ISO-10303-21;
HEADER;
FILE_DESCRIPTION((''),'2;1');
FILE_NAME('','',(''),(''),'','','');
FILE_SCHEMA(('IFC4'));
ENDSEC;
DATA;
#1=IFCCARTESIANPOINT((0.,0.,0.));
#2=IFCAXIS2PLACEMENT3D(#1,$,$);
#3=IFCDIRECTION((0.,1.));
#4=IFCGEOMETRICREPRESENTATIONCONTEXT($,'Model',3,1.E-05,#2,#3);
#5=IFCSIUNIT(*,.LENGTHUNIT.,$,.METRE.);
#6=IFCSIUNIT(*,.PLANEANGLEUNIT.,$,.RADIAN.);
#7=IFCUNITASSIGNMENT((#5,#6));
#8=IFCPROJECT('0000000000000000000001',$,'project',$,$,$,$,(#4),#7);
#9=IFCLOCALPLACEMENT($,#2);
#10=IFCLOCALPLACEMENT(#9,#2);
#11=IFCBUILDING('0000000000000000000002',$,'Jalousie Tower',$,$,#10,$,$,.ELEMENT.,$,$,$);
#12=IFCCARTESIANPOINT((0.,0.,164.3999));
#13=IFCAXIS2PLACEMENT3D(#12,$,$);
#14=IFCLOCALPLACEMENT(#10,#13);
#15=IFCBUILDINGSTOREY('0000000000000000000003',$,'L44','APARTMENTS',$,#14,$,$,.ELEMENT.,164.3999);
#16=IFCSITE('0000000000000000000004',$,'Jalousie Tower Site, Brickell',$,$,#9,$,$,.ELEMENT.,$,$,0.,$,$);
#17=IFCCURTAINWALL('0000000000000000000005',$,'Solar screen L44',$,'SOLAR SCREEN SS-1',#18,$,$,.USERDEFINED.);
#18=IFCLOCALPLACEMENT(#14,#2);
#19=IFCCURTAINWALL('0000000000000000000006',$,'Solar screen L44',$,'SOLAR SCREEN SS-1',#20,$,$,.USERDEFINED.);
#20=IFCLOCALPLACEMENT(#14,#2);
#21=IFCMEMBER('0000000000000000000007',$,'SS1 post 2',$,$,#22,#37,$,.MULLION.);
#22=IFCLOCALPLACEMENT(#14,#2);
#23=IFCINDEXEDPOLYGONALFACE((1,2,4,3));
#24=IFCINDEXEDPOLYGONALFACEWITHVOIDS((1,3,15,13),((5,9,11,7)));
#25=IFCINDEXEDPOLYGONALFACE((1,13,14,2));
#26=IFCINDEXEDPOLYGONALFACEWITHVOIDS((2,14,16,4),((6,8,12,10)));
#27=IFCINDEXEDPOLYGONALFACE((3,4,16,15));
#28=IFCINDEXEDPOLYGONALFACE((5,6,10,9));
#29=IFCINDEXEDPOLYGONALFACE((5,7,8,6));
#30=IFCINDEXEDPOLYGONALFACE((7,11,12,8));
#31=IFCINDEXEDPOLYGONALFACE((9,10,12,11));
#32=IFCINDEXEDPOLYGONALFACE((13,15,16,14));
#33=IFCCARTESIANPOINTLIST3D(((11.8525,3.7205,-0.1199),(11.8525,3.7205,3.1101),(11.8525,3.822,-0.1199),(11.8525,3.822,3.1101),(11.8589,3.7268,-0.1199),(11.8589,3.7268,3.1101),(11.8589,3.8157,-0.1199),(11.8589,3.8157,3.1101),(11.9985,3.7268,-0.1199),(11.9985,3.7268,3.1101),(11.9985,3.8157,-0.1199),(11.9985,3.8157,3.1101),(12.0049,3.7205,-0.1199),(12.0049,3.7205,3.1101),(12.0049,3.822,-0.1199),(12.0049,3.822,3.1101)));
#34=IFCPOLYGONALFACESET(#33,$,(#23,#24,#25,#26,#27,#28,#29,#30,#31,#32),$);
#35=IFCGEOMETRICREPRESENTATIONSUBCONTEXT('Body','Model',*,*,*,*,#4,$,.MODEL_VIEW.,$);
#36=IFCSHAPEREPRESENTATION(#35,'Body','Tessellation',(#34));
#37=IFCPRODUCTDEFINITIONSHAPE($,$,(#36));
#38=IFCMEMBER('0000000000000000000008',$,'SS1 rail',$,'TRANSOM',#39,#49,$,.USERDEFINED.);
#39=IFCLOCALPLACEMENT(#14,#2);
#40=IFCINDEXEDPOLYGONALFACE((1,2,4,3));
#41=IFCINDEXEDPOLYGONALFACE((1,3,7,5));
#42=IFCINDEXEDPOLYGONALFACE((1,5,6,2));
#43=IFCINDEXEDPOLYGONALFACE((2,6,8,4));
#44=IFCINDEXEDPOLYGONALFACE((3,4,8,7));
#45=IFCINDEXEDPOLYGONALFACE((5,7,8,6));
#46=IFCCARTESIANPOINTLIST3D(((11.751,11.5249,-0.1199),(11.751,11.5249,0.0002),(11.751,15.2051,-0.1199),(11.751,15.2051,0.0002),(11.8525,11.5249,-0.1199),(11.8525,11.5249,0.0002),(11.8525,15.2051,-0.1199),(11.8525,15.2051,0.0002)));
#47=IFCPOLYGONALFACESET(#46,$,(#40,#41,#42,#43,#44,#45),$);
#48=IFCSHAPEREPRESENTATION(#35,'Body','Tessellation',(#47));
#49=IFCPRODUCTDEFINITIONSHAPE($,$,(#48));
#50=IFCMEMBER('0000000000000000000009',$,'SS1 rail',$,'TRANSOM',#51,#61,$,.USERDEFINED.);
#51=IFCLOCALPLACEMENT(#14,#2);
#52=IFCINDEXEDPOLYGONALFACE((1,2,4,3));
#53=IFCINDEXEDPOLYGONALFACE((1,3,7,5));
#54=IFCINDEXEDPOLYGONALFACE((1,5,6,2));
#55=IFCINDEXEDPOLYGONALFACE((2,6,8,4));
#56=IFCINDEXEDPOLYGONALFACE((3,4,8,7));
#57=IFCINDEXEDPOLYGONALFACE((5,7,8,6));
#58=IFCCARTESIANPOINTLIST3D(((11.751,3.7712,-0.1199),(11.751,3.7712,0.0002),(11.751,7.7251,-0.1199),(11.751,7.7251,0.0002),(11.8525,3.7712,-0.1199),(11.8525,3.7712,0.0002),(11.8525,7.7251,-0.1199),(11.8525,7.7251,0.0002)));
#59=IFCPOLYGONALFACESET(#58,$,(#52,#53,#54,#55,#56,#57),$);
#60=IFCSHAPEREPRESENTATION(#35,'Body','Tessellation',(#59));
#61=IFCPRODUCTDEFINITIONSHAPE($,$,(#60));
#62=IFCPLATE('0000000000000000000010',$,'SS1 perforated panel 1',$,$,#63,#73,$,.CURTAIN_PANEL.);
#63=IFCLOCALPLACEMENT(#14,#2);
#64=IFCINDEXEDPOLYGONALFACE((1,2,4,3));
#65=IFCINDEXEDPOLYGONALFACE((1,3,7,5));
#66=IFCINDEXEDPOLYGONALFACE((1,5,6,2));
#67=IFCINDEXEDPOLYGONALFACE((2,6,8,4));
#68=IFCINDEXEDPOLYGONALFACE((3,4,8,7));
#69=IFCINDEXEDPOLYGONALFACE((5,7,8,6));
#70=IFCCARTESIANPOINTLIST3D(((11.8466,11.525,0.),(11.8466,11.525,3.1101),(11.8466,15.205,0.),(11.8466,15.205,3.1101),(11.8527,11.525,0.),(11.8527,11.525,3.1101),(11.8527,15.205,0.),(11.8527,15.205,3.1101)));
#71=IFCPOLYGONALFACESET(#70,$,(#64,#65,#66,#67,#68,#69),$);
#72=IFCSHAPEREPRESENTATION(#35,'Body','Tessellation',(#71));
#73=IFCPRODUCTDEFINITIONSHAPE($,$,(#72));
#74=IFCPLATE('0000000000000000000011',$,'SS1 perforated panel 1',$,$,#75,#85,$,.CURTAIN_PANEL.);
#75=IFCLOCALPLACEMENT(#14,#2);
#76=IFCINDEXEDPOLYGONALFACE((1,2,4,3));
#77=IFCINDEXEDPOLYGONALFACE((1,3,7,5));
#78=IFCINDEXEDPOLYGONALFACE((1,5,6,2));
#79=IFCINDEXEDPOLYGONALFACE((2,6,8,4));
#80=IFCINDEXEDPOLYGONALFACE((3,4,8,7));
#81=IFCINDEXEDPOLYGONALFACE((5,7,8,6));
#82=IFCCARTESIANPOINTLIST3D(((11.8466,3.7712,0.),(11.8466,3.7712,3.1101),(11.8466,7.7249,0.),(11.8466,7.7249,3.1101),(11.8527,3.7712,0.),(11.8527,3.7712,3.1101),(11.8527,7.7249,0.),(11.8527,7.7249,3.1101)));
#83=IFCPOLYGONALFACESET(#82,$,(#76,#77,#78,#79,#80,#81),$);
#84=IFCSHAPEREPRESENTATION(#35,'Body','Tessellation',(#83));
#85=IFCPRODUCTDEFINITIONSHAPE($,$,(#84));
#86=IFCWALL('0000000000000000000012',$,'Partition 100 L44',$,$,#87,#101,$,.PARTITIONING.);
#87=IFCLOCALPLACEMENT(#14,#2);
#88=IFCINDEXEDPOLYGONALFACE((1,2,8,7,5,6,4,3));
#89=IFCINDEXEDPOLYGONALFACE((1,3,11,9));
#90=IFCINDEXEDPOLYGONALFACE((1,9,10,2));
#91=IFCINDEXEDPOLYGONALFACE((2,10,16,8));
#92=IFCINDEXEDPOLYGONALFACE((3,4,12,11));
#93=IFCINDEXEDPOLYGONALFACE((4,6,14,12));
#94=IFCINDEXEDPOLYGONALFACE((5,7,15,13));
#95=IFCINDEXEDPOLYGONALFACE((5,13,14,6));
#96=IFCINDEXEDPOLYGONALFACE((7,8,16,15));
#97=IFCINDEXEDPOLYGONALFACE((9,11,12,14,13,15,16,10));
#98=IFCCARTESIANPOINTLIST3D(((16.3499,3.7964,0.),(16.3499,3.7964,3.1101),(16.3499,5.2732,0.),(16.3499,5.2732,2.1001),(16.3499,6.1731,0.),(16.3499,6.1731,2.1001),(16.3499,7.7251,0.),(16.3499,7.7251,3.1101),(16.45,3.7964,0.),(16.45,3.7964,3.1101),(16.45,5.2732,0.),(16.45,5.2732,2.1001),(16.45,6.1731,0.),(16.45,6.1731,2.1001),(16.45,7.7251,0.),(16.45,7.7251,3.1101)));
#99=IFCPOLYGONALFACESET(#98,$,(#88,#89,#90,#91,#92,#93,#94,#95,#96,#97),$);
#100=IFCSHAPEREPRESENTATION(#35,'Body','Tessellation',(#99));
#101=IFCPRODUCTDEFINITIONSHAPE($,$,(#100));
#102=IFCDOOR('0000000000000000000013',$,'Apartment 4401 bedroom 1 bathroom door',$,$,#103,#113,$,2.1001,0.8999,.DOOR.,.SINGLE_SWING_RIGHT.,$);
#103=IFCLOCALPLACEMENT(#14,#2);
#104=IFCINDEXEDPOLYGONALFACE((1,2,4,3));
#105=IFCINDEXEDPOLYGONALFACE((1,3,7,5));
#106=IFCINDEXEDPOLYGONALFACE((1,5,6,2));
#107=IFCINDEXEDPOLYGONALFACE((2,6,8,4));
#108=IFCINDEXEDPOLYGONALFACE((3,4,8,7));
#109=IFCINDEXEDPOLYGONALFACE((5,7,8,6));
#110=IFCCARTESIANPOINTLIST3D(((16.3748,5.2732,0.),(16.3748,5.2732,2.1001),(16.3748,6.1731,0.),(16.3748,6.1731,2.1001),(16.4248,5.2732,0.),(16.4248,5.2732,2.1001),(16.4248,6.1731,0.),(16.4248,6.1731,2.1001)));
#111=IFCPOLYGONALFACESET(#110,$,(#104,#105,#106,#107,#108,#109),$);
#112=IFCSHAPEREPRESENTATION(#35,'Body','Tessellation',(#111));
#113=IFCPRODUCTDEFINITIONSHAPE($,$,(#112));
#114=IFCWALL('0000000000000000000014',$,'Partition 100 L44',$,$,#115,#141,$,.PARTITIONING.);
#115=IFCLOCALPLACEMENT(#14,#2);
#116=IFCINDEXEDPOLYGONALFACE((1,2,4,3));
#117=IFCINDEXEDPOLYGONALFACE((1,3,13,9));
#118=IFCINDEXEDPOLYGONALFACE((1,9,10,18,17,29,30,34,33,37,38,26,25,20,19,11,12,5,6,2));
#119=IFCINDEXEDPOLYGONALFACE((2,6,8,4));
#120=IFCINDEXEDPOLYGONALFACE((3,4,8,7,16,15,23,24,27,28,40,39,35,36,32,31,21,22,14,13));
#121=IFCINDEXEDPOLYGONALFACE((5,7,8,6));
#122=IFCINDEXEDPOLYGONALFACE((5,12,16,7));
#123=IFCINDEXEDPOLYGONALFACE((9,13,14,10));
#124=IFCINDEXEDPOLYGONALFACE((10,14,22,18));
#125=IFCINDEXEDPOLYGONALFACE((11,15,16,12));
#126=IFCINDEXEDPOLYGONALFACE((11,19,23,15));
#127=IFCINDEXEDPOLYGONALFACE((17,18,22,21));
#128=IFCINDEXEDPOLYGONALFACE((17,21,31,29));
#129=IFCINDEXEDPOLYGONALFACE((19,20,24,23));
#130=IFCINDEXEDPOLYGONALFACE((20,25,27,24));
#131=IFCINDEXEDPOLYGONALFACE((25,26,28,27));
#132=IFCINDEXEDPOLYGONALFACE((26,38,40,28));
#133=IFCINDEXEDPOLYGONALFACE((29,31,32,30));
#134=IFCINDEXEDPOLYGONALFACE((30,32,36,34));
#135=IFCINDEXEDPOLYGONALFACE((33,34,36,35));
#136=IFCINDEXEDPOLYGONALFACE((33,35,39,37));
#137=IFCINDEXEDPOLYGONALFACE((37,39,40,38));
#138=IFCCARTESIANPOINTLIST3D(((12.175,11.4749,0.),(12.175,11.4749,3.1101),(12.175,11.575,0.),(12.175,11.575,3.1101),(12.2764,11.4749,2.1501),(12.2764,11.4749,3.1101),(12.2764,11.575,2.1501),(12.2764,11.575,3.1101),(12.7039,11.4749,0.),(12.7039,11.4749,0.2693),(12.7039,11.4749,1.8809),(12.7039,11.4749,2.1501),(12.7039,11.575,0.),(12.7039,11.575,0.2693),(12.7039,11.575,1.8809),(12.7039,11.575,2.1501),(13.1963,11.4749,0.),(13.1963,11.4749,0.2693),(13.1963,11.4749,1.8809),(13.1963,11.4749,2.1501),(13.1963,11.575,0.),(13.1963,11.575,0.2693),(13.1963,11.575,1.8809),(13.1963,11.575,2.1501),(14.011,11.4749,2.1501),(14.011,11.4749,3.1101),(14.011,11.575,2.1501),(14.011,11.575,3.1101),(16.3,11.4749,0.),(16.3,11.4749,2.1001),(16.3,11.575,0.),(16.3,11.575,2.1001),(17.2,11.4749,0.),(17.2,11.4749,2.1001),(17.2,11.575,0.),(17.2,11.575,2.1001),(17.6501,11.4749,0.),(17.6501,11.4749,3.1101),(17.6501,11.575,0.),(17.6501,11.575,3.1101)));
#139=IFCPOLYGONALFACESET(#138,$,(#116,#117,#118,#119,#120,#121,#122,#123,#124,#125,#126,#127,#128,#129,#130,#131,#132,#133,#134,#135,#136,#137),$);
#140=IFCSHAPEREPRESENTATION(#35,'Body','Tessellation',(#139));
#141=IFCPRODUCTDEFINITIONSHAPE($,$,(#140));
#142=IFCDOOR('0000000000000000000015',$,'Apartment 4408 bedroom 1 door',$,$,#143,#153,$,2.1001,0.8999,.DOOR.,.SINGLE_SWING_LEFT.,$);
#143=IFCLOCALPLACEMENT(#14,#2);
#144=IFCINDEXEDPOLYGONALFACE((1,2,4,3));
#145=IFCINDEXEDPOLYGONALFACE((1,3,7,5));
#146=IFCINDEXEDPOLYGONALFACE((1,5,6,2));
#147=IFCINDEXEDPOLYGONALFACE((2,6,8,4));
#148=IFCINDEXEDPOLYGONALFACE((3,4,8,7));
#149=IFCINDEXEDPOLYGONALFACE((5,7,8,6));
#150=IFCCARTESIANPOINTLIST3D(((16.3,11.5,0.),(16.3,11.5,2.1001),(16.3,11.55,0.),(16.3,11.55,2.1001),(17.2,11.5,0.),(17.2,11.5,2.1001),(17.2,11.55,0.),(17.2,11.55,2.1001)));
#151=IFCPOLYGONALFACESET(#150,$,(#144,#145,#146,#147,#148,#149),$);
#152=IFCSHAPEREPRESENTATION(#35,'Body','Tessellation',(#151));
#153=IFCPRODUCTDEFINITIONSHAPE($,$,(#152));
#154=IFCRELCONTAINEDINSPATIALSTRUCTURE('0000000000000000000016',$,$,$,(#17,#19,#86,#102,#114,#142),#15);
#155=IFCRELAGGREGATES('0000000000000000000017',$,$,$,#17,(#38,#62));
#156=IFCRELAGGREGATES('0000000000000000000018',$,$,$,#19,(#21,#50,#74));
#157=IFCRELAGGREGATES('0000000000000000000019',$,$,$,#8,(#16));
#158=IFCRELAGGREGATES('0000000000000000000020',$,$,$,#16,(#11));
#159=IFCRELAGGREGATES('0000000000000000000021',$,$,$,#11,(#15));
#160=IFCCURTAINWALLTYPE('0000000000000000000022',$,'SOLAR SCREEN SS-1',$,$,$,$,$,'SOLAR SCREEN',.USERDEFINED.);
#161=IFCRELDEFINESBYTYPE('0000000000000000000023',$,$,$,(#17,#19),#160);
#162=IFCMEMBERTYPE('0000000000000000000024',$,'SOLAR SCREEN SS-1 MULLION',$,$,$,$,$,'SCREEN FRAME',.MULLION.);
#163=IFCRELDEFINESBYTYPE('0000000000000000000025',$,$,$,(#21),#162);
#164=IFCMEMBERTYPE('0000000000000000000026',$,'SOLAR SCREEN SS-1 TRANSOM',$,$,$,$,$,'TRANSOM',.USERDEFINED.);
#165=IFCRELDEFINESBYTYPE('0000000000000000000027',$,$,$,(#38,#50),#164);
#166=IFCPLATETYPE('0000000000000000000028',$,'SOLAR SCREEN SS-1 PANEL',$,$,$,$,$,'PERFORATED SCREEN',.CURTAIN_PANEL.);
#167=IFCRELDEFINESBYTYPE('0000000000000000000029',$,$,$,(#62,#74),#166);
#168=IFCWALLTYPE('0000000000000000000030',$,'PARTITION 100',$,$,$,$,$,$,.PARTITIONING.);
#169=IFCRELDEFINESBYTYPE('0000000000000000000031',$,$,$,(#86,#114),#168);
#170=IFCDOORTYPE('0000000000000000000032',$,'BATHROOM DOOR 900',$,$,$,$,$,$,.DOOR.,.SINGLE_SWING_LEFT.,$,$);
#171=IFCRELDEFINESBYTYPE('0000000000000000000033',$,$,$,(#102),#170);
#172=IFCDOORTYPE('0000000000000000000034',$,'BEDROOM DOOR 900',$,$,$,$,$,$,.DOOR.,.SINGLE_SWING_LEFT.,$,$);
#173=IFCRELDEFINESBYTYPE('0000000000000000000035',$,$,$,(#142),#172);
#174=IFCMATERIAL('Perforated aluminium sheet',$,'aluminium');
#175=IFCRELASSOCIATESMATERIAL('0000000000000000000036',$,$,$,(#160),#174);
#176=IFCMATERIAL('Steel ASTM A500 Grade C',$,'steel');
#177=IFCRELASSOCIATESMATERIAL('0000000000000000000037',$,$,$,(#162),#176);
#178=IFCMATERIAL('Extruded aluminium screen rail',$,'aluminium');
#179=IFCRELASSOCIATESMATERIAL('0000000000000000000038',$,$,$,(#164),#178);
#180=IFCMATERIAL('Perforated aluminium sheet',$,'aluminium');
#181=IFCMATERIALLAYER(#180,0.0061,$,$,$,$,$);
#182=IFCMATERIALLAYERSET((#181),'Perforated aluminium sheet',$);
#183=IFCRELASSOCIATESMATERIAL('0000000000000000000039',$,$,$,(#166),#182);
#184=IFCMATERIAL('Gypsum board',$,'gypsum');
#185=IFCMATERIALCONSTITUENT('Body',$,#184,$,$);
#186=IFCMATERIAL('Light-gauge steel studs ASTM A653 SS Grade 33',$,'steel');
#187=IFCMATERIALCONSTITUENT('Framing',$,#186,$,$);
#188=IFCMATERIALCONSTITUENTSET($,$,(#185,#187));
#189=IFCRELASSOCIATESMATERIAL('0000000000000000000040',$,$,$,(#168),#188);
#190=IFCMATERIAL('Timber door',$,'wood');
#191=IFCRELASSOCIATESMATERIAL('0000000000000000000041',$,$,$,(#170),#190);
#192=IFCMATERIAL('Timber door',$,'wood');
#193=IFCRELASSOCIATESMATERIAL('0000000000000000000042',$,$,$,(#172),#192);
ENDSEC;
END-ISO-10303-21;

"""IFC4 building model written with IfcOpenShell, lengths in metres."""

from ifc_helpers import new_model, si_unit, direction, frame, frame_2d, origin, origin_2d, place, context, subcontext, project, spatial, polyline, rectangle, hollow_rectangle, outline, extrude, material, layer, layer_set, constituent, constituent_set, material_profile, profile_set, type_object, element, fill, aggregate, save


model = new_model("IFC4")

# Units and contexts
model_context = context("Model", 3, precision=1e-05, world=origin(), true_north=direction((0.0, 1.0)))
body_context = subcontext(model_context, "Body", "Model", "MODEL_VIEW")
ifc_project = project(units=[si_unit("LENGTHUNIT", "METRE"), si_unit("PLANEANGLEUNIT", "RADIAN")], contexts=[model_context])

# Site, building, storey
site_placement = place(None, origin())
site = spatial("IfcSite", under=ifc_project, at=site_placement, Name="Jalousie Tower Site, Brickell", CompositionType="ELEMENT", RefElevation=0.0)
building_placement = place(site_placement, origin())
building = spatial("IfcBuilding", under=site, at=building_placement, Name="Jalousie Tower", CompositionType="ELEMENT")
storey_placement = place(building_placement, frame((0.0, 0.0, 164.3999)))
storey = spatial("IfcBuildingStorey", under=building, at=storey_placement, Name="L44", Description="APARTMENTS", CompositionType="ELEMENT", Elevation=164.3999)

# Curtain walls, member
ifc_material_1 = material(Name="Perforated aluminium sheet", Category="aluminium")
curtain_wall_type = type_object("IfcCurtainWallType", Name="SOLAR SCREEN SS-1", ElementType="SOLAR SCREEN", PredefinedType="USERDEFINED", material=ifc_material_1)
curtain_wall_1_placement = place(storey_placement, origin())
curtain_wall_1 = element("IfcCurtainWall", 1, at=curtain_wall_1_placement, inside=storey, type_object=curtain_wall_type, Name="Solar screen L44", ObjectType="SOLAR SCREEN SS-1", PredefinedType="USERDEFINED")
ifc_material_2 = material(Name="Steel ASTM A500 Grade C", Category="steel")
ifc_material_profile_1 = material_profile(ifc_material_2, hollow_rectangle(XDim=0.1016, YDim=0.1523, WallThickness=0.0063, at=origin_2d()), Name="HSS6X4X1/4")
ifc_profile_set_1 = profile_set([ifc_material_profile_1], Name="Steel ASTM A500 Grade C")
member_type_1 = type_object("IfcMemberType", Name="SOLAR SCREEN SS-1 MULLION", ElementType="SCREEN FRAME", PredefinedType="MULLION", material=ifc_profile_set_1)
curtain_wall_2_placement = place(storey_placement, origin())
curtain_wall_2 = element("IfcCurtainWall", 2, at=curtain_wall_2_placement, inside=storey, type_object=curtain_wall_type, Name="Solar screen L44", ObjectType="SOLAR SCREEN SS-1", PredefinedType="USERDEFINED")
member_1_placement = place(storey_placement, frame((11.9287, 3.7712, -0.1199), z_axis=(0.0, 0.0, 1.0), x_axis=(0.0, -1.0, 0.0)))
member_1 = element("IfcMember", 3, at=member_1_placement, type_object=member_type_1, Name="SS1 post 2", PredefinedType="MULLION", context=body_context, shape_type="SweptSolid", body=[
    extrude(hollow_rectangle(XDim=0.1016, YDim=0.1523, WallThickness=0.0063, at=origin_2d()), origin(), (0.0, 0.0, 1.0), 3.23),
])

# Members
ifc_material_3 = material(Name="Extruded aluminium screen rail", Category="aluminium")
ifc_material_profile_2 = material_profile(ifc_material_3, rectangle(XDim=0.1016, YDim=0.1201, at=origin_2d()), Name="RAIL 102x120")
ifc_profile_set_2 = profile_set([ifc_material_profile_2], Name="Extruded aluminium screen rail")
member_type_2 = type_object("IfcMemberType", Name="SOLAR SCREEN SS-1 TRANSOM", ElementType="TRANSOM", PredefinedType="USERDEFINED", material=ifc_profile_set_2)
member_2_placement = place(storey_placement, frame((11.8018, 15.2051, -0.0598), z_axis=(0.0, -1.0, 0.0), x_axis=(1.0, 0.0, 0.0)))
member_2 = element("IfcMember", 4, at=member_2_placement, type_object=member_type_2, Name="SS1 rail", ObjectType="TRANSOM", PredefinedType="USERDEFINED", context=body_context, shape_type="SweptSolid", body=[
    extrude(rectangle(XDim=0.1016, YDim=0.1201, at=origin_2d()), origin(), (0.0, 0.0, 1.0), 3.6802),
])
member_3_placement = place(storey_placement, frame((11.8018, 7.7251, -0.0598), z_axis=(0.0, -1.0, 0.0), x_axis=(1.0, 0.0, 0.0)))
member_3 = element("IfcMember", 5, at=member_3_placement, type_object=member_type_2, Name="SS1 rail", ObjectType="TRANSOM", PredefinedType="USERDEFINED", context=body_context, shape_type="SweptSolid", body=[
    extrude(rectangle(XDim=0.1016, YDim=0.1201, at=origin_2d()), origin(), (0.0, 0.0, 1.0), 3.9539),
])

# Plates
ifc_material_4 = material(Name="Perforated aluminium sheet", Category="aluminium")
ifc_layer_1 = layer(ifc_material_4, 0.0061)
ifc_layer_set_1 = layer_set([ifc_layer_1], Name="Perforated aluminium sheet")
plate_type = type_object("IfcPlateType", Name="SOLAR SCREEN SS-1 PANEL", ElementType="PERFORATED SCREEN", PredefinedType="CURTAIN_PANEL", material=ifc_layer_set_1)
plate_1_placement = place(storey_placement, frame((11.8496, 13.365, 0.0), z_axis=(0.0, 0.0, 1.0), x_axis=(0.0, -1.0, 0.0)))
plate_1 = element("IfcPlate", 6, at=plate_1_placement, type_object=plate_type, Name="SS1 perforated panel 1", PredefinedType="CURTAIN_PANEL", context=body_context, shape_type="SweptSolid", body=[
    extrude(rectangle(XDim=3.6799, YDim=0.0061, at=origin_2d()), origin(), (0.0, 0.0, 1.0), 3.1101),
])
aggregate(curtain_wall_1, [member_2, plate_1])
plate_2_placement = place(storey_placement, frame((11.8496, 5.748, 0.0), z_axis=(0.0, 0.0, 1.0), x_axis=(0.0, -1.0, 0.0)))
plate_2 = element("IfcPlate", 7, at=plate_2_placement, type_object=plate_type, Name="SS1 perforated panel 1", PredefinedType="CURTAIN_PANEL", context=body_context, shape_type="SweptSolid", body=[
    extrude(rectangle(XDim=3.9536, YDim=0.0061, at=origin_2d()), origin(), (0.0, 0.0, 1.0), 3.1101),
])
aggregate(curtain_wall_2, [member_1, member_3, plate_2])

# Walls, openings, doors
ifc_material_5 = material(Name="Gypsum board", Category="gypsum")
ifc_constituent_1 = constituent(ifc_material_5, Name="Body")
ifc_material_6 = material(Name="Light-gauge steel studs ASTM A653 SS Grade 33", Category="steel")
ifc_constituent_2 = constituent(ifc_material_6, Name="Framing")
ifc_constituent_set_1 = constituent_set(constituents=[ifc_constituent_1, ifc_constituent_2])
wall_type_1 = type_object("IfcWallType", Name="PARTITION 100", PredefinedType="PARTITIONING", material=ifc_constituent_set_1)
wall_1_placement = place(storey_placement, frame((16.3999, 3.7964, 0.0), z_axis=(0.0, 0.0, 1.0), x_axis=(0.0, 1.0, 0.0)))
wall_1 = element("IfcWall", 8, at=wall_1_placement, inside=storey, type_object=wall_type_1, Name="Partition 100 L44", PredefinedType="PARTITIONING", context=body_context, shape_type="SweptSolid", body=[
    extrude(rectangle(XDim=3.9287, YDim=0.1001, at=frame_2d((1.9644, 0.0))), origin(), (0.0, 0.0, 1.0), 3.1101),
])
opening_1_placement = place(wall_1_placement, frame((1.4768, 0.0, 0.0)))
opening_1 = element("IfcOpeningElement", 9, at=opening_1_placement, cuts=wall_1, PredefinedType="OPENING", context=body_context, shape_type="SweptSolid", body=[
    extrude(rectangle(XDim=0.8999, YDim=2.1001, at=frame_2d((0.45, 1.05))), frame((0.0, 0.0601, 0.0), z_axis=(0.0, -1.0, 0.0), x_axis=(1.0, 0.0, 0.0)), (0.0, 0.0, 1.0), 0.1201),
])
ifc_material_7 = material(Name="Timber door", Category="wood")
door_type_1 = type_object("IfcDoorType", Name="BATHROOM DOOR 900", OperationType="SINGLE_SWING_LEFT", PredefinedType="DOOR", material=ifc_material_7)
door_1_placement = place(opening_1_placement, frame((0.8999, 0.0, 0.0), z_axis=(0.0, 0.0, 1.0), x_axis=(-1.0, 0.0, 0.0)))
door_1 = element("IfcDoor", 10, at=door_1_placement, inside=storey, type_object=door_type_1, Name="Apartment 4401 bedroom 1 bathroom door", OperationType="SINGLE_SWING_RIGHT", OverallHeight=2.1001, OverallWidth=0.8999, PredefinedType="DOOR", context=body_context, shape_type="SweptSolid", body=[
    extrude(rectangle(XDim=0.8999, YDim=2.1001, at=frame_2d((0.45, 1.05))), frame((0.0, 0.0249, 0.0), z_axis=(0.0, -1.0, 0.0), x_axis=(1.0, 0.0, 0.0)), (0.0, 0.0, 1.0), 0.05),
])
fill(opening_1, door_1)
wall_2_placement = place(storey_placement, frame((12.175, 11.5249, 0.0), z_axis=(0.0, 0.0, 1.0), x_axis=(1.0, 0.0, 0.0)))
wall_2 = element("IfcWall", 11, at=wall_2_placement, inside=storey, type_object=wall_type_1, Name="Partition 100 L44", PredefinedType="PARTITIONING", context=body_context, shape_type="SweptSolid", body=[
    extrude(outline(polyline([(0.1013, 3.1101), (0.0, 3.1101), (0.0, 0.0), (0.5288, 0.0), (0.5288, 0.2693), (1.0212, 0.2693), (1.0212, 0.0), (5.4751, 0.0), (5.4751, 3.1101), (1.8359, 3.1101), (1.8359, 2.1501), (1.0212, 2.1501), (1.0212, 1.8809), (0.5288, 1.8809), (0.5288, 2.1501), (0.1013, 2.1501), (0.1013, 3.1101)])), frame((0.0, 0.05, 0.0), z_axis=(0.0, -1.0, 0.0), x_axis=(1.0, 0.0, 0.0)), (0.0, 0.0, 1.0), 0.1001),
])
opening_2_placement = place(wall_2_placement, frame((4.125, 0.0, 0.0)))
opening_2 = element("IfcOpeningElement", 12, at=opening_2_placement, cuts=wall_2, PredefinedType="OPENING", context=body_context, shape_type="SweptSolid", body=[
    extrude(rectangle(XDim=0.8999, YDim=2.1001, at=frame_2d((0.45, 1.05))), frame((0.0, 0.0601, 0.0), z_axis=(0.0, -1.0, 0.0), x_axis=(1.0, 0.0, 0.0)), (0.0, 0.0, 1.0), 0.1201),
])
ifc_material_8 = material(Name="Timber door", Category="wood")
door_type_2 = type_object("IfcDoorType", Name="BEDROOM DOOR 900", OperationType="SINGLE_SWING_LEFT", PredefinedType="DOOR", material=ifc_material_8)
door_2_placement = place(opening_2_placement, frame((0.8999, 0.0, 0.0), z_axis=(0.0, 0.0, 1.0), x_axis=(-1.0, 0.0, 0.0)))
door_2 = element("IfcDoor", 13, at=door_2_placement, inside=storey, type_object=door_type_2, Name="Apartment 4408 bedroom 1 door", OperationType="SINGLE_SWING_LEFT", OverallHeight=2.1001, OverallWidth=0.8999, PredefinedType="DOOR", context=body_context, shape_type="SweptSolid", body=[
    extrude(rectangle(XDim=0.8999, YDim=2.1001, at=frame_2d((0.45, 1.05))), frame((0.0, 0.0249, 0.0), z_axis=(0.0, -1.0, 0.0), x_axis=(1.0, 0.0, 0.0)), (0.0, 0.0, 1.0), 0.05),
])
fill(opening_2, door_2)

save(model, "model.ifc")
